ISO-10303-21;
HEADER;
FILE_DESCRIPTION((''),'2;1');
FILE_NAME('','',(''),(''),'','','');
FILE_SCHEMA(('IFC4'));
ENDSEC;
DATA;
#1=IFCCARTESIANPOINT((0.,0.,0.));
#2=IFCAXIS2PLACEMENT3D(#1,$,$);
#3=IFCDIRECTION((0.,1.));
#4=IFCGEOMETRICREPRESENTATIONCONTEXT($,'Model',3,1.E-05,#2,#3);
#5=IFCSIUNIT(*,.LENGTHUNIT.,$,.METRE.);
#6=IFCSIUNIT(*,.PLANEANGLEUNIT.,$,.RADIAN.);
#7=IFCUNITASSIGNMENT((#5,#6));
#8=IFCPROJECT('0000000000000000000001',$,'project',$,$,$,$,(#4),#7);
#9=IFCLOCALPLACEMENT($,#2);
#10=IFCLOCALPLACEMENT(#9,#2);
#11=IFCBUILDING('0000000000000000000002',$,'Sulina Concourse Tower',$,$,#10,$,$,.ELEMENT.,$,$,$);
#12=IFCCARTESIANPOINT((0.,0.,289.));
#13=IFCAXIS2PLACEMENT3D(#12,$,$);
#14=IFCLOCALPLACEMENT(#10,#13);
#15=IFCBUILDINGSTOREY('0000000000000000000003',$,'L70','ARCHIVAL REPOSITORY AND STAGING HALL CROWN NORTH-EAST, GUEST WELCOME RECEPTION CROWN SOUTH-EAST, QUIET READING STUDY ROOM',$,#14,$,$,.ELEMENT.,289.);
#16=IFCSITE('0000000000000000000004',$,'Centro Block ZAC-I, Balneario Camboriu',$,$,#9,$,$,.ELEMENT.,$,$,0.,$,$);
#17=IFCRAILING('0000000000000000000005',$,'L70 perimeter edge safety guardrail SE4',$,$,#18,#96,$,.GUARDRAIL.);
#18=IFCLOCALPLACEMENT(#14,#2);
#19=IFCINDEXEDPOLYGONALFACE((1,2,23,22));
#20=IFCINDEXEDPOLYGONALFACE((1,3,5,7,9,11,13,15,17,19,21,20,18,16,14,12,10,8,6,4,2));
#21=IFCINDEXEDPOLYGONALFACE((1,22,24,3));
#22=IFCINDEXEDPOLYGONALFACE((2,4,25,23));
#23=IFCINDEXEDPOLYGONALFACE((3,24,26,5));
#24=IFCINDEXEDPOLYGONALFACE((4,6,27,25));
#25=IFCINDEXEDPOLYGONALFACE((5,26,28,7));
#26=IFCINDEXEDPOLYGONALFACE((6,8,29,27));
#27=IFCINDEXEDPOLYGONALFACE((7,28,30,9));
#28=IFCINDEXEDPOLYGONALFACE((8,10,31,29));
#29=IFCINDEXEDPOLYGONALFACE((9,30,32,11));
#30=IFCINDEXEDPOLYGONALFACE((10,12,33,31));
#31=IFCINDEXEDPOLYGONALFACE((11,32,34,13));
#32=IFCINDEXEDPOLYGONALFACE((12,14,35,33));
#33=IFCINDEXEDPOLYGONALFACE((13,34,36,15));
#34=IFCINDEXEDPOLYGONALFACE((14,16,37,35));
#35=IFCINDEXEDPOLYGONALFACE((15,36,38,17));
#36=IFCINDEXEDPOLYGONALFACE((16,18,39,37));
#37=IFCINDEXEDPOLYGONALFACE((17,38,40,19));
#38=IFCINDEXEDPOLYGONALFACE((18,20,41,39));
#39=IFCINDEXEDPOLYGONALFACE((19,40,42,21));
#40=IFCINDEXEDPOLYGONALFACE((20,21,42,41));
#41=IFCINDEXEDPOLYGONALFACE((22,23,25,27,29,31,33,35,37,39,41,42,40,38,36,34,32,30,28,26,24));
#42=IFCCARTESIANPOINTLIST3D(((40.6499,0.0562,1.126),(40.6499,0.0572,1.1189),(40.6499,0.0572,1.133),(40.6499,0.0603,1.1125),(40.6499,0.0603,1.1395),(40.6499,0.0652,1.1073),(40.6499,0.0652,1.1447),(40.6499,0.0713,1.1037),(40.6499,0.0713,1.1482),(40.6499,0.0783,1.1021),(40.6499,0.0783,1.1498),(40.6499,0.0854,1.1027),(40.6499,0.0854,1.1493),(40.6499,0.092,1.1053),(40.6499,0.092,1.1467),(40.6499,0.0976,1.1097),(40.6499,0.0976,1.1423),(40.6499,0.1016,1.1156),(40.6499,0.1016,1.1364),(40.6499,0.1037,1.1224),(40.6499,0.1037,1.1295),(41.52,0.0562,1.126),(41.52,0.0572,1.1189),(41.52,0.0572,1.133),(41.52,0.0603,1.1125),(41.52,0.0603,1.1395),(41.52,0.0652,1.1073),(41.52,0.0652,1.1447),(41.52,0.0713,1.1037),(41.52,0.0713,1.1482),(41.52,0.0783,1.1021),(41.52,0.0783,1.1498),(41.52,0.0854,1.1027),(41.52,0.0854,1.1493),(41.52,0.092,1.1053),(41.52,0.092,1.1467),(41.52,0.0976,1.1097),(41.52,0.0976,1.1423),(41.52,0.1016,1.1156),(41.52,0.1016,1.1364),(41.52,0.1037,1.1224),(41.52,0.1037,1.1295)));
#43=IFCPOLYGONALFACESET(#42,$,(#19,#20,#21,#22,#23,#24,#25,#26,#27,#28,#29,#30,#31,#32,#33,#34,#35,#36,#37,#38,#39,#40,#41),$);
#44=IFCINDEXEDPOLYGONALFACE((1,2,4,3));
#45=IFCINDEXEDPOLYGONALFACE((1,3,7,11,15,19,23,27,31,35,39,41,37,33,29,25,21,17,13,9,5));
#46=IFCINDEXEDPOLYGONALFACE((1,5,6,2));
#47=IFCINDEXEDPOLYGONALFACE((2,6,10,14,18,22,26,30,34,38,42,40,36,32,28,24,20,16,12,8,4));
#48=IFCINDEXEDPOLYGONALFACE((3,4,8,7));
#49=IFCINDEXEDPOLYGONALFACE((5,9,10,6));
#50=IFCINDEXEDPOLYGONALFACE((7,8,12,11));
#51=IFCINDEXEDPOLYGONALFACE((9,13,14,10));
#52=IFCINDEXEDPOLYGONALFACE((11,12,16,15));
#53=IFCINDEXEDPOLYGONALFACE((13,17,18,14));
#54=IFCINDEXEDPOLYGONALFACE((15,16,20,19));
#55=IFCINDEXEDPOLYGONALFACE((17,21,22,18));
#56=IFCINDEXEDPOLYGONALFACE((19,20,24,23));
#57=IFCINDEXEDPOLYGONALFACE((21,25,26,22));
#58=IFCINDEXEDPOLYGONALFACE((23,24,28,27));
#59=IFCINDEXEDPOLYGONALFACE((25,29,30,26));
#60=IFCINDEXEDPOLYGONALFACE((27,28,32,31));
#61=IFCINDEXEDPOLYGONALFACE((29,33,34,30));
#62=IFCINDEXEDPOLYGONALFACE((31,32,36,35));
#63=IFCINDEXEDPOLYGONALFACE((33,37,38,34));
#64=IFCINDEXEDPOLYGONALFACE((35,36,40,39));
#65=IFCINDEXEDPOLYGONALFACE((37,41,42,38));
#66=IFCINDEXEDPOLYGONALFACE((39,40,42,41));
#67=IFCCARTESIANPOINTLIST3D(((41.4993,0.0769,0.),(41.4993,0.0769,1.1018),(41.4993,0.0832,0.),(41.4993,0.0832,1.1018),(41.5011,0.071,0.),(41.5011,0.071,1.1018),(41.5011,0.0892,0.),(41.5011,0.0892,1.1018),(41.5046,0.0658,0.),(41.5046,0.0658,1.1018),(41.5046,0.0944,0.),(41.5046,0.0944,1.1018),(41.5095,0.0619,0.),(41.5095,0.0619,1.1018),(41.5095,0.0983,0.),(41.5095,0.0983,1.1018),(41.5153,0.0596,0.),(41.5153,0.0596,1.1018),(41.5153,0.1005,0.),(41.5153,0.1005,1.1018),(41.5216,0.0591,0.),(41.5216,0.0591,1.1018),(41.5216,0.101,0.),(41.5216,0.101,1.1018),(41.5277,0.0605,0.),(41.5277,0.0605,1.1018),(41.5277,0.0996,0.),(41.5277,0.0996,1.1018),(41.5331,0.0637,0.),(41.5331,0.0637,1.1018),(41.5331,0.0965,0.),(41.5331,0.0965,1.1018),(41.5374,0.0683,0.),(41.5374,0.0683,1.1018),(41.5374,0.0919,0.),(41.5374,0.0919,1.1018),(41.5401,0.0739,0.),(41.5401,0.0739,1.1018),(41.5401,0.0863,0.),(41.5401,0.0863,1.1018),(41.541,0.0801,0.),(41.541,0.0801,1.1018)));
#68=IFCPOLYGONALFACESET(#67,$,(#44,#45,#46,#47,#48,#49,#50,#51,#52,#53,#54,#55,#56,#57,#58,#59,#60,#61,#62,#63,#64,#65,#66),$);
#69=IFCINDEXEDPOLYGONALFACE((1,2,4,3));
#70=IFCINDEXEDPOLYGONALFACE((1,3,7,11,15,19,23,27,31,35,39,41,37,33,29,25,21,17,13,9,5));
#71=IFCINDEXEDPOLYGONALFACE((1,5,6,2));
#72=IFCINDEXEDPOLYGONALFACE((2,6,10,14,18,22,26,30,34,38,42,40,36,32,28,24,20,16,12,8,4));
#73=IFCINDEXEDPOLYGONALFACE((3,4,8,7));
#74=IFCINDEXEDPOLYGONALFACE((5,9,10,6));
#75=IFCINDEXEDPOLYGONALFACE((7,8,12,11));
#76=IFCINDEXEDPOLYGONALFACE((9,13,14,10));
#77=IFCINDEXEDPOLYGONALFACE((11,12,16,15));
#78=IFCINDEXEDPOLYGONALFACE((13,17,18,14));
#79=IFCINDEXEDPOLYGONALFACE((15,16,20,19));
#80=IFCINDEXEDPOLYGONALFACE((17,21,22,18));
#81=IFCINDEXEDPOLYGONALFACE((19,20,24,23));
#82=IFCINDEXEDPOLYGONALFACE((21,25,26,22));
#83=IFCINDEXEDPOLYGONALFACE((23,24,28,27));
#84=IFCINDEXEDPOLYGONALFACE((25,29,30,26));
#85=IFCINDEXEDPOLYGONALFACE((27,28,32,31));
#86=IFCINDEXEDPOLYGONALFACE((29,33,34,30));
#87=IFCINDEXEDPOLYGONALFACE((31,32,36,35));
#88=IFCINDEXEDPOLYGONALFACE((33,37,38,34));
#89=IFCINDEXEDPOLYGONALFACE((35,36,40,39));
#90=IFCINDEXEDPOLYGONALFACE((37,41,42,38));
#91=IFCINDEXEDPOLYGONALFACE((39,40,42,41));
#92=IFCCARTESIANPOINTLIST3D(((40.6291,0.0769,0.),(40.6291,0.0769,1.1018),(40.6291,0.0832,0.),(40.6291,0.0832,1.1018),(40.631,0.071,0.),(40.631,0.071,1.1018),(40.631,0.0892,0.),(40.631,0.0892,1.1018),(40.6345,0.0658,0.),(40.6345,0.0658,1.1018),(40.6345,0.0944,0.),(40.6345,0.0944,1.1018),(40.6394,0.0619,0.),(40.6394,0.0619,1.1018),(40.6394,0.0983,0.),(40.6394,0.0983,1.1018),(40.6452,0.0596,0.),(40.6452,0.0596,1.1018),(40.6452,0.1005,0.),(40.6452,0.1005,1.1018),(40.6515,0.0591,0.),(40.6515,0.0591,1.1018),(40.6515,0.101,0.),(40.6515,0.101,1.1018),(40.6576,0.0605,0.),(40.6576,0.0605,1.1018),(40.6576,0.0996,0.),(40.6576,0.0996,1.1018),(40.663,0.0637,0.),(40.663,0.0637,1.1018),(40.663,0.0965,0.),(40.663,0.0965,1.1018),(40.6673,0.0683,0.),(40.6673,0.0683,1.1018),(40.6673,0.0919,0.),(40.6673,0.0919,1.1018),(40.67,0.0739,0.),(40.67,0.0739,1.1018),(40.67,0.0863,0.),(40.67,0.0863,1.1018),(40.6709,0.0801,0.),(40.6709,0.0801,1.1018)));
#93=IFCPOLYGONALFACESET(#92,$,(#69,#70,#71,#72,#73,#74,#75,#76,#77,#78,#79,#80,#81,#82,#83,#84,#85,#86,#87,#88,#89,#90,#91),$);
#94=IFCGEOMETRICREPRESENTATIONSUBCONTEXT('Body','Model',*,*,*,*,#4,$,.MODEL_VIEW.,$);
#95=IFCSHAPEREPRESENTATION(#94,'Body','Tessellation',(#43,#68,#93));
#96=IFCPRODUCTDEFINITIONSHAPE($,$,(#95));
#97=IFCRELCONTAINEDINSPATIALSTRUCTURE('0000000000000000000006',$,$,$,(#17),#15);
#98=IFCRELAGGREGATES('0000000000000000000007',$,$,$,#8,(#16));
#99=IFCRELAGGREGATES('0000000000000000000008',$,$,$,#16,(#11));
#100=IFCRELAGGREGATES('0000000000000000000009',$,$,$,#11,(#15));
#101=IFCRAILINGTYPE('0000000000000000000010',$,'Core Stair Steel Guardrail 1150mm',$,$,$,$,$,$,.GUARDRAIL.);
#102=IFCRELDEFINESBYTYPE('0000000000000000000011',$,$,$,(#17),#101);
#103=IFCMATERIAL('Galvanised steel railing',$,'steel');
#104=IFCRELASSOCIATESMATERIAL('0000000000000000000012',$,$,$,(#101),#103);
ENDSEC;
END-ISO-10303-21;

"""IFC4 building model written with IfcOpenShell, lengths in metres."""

from ifc_helpers import new_model, si_unit, direction, frame, origin, origin_2d, place, context, subcontext, project, spatial, circle, extrude, material, type_object, element, save


model = new_model("IFC4")

# Units and contexts
model_context = context("Model", 3, precision=1e-05, world=origin(), true_north=direction((0.0, 1.0)))
body_context = subcontext(model_context, "Body", "Model", "MODEL_VIEW")
ifc_project = project(units=[si_unit("LENGTHUNIT", "METRE"), si_unit("PLANEANGLEUNIT", "RADIAN")], contexts=[model_context])

# Site, building, storey
site_placement = place(None, origin())
site = spatial("IfcSite", under=ifc_project, at=site_placement, Name="Centro Block ZAC-I, Balneario Camboriu", CompositionType="ELEMENT", RefElevation=0.0)
building_placement = place(site_placement, origin())
building = spatial("IfcBuilding", under=site, at=building_placement, Name="Sulina Concourse Tower", CompositionType="ELEMENT")
storey_placement = place(building_placement, frame((0.0, 0.0, 289.0)))
storey = spatial("IfcBuildingStorey", under=building, at=storey_placement, Name="L70", Description="ARCHIVAL REPOSITORY AND STAGING HALL CROWN NORTH-EAST, GUEST WELCOME RECEPTION CROWN SOUTH-EAST, QUIET READING STUDY ROOM", CompositionType="ELEMENT", Elevation=289.0)

# Railing
ifc_material_1 = material(Name="Galvanised steel railing", Category="steel")
railing_type_1 = type_object("IfcRailingType", Name="Core Stair Steel Guardrail 1150mm", PredefinedType="GUARDRAIL", material=ifc_material_1)
railing_1_placement = place(storey_placement, frame((41.52, 0.0801, 0.0)))
element("IfcRailing", 1, at=railing_1_placement, inside=storey, type_object=railing_type_1, Name="L70 perimeter edge safety guardrail SE4", PredefinedType="GUARDRAIL", context=body_context, shape_type="SweptSolid", body=[
    extrude(circle(Radius=0.0239, at=origin_2d()), frame((0.0, 0.0, 1.126), z_axis=(-1.0, 0.0, 0.0), x_axis=(0.0, -1.0, 0.0)), (0.0, 0.0, 1.0), 0.8701),
    extrude(circle(Radius=0.021, at=origin_2d()), origin(), (0.0, 0.0, 1.0), 1.1018),
    extrude(circle(Radius=0.021, at=origin_2d()), frame((-0.8701, 0.0, 0.0)), (0.0, 0.0, 1.0), 1.1018),
])

save(model, "model.ifc")
